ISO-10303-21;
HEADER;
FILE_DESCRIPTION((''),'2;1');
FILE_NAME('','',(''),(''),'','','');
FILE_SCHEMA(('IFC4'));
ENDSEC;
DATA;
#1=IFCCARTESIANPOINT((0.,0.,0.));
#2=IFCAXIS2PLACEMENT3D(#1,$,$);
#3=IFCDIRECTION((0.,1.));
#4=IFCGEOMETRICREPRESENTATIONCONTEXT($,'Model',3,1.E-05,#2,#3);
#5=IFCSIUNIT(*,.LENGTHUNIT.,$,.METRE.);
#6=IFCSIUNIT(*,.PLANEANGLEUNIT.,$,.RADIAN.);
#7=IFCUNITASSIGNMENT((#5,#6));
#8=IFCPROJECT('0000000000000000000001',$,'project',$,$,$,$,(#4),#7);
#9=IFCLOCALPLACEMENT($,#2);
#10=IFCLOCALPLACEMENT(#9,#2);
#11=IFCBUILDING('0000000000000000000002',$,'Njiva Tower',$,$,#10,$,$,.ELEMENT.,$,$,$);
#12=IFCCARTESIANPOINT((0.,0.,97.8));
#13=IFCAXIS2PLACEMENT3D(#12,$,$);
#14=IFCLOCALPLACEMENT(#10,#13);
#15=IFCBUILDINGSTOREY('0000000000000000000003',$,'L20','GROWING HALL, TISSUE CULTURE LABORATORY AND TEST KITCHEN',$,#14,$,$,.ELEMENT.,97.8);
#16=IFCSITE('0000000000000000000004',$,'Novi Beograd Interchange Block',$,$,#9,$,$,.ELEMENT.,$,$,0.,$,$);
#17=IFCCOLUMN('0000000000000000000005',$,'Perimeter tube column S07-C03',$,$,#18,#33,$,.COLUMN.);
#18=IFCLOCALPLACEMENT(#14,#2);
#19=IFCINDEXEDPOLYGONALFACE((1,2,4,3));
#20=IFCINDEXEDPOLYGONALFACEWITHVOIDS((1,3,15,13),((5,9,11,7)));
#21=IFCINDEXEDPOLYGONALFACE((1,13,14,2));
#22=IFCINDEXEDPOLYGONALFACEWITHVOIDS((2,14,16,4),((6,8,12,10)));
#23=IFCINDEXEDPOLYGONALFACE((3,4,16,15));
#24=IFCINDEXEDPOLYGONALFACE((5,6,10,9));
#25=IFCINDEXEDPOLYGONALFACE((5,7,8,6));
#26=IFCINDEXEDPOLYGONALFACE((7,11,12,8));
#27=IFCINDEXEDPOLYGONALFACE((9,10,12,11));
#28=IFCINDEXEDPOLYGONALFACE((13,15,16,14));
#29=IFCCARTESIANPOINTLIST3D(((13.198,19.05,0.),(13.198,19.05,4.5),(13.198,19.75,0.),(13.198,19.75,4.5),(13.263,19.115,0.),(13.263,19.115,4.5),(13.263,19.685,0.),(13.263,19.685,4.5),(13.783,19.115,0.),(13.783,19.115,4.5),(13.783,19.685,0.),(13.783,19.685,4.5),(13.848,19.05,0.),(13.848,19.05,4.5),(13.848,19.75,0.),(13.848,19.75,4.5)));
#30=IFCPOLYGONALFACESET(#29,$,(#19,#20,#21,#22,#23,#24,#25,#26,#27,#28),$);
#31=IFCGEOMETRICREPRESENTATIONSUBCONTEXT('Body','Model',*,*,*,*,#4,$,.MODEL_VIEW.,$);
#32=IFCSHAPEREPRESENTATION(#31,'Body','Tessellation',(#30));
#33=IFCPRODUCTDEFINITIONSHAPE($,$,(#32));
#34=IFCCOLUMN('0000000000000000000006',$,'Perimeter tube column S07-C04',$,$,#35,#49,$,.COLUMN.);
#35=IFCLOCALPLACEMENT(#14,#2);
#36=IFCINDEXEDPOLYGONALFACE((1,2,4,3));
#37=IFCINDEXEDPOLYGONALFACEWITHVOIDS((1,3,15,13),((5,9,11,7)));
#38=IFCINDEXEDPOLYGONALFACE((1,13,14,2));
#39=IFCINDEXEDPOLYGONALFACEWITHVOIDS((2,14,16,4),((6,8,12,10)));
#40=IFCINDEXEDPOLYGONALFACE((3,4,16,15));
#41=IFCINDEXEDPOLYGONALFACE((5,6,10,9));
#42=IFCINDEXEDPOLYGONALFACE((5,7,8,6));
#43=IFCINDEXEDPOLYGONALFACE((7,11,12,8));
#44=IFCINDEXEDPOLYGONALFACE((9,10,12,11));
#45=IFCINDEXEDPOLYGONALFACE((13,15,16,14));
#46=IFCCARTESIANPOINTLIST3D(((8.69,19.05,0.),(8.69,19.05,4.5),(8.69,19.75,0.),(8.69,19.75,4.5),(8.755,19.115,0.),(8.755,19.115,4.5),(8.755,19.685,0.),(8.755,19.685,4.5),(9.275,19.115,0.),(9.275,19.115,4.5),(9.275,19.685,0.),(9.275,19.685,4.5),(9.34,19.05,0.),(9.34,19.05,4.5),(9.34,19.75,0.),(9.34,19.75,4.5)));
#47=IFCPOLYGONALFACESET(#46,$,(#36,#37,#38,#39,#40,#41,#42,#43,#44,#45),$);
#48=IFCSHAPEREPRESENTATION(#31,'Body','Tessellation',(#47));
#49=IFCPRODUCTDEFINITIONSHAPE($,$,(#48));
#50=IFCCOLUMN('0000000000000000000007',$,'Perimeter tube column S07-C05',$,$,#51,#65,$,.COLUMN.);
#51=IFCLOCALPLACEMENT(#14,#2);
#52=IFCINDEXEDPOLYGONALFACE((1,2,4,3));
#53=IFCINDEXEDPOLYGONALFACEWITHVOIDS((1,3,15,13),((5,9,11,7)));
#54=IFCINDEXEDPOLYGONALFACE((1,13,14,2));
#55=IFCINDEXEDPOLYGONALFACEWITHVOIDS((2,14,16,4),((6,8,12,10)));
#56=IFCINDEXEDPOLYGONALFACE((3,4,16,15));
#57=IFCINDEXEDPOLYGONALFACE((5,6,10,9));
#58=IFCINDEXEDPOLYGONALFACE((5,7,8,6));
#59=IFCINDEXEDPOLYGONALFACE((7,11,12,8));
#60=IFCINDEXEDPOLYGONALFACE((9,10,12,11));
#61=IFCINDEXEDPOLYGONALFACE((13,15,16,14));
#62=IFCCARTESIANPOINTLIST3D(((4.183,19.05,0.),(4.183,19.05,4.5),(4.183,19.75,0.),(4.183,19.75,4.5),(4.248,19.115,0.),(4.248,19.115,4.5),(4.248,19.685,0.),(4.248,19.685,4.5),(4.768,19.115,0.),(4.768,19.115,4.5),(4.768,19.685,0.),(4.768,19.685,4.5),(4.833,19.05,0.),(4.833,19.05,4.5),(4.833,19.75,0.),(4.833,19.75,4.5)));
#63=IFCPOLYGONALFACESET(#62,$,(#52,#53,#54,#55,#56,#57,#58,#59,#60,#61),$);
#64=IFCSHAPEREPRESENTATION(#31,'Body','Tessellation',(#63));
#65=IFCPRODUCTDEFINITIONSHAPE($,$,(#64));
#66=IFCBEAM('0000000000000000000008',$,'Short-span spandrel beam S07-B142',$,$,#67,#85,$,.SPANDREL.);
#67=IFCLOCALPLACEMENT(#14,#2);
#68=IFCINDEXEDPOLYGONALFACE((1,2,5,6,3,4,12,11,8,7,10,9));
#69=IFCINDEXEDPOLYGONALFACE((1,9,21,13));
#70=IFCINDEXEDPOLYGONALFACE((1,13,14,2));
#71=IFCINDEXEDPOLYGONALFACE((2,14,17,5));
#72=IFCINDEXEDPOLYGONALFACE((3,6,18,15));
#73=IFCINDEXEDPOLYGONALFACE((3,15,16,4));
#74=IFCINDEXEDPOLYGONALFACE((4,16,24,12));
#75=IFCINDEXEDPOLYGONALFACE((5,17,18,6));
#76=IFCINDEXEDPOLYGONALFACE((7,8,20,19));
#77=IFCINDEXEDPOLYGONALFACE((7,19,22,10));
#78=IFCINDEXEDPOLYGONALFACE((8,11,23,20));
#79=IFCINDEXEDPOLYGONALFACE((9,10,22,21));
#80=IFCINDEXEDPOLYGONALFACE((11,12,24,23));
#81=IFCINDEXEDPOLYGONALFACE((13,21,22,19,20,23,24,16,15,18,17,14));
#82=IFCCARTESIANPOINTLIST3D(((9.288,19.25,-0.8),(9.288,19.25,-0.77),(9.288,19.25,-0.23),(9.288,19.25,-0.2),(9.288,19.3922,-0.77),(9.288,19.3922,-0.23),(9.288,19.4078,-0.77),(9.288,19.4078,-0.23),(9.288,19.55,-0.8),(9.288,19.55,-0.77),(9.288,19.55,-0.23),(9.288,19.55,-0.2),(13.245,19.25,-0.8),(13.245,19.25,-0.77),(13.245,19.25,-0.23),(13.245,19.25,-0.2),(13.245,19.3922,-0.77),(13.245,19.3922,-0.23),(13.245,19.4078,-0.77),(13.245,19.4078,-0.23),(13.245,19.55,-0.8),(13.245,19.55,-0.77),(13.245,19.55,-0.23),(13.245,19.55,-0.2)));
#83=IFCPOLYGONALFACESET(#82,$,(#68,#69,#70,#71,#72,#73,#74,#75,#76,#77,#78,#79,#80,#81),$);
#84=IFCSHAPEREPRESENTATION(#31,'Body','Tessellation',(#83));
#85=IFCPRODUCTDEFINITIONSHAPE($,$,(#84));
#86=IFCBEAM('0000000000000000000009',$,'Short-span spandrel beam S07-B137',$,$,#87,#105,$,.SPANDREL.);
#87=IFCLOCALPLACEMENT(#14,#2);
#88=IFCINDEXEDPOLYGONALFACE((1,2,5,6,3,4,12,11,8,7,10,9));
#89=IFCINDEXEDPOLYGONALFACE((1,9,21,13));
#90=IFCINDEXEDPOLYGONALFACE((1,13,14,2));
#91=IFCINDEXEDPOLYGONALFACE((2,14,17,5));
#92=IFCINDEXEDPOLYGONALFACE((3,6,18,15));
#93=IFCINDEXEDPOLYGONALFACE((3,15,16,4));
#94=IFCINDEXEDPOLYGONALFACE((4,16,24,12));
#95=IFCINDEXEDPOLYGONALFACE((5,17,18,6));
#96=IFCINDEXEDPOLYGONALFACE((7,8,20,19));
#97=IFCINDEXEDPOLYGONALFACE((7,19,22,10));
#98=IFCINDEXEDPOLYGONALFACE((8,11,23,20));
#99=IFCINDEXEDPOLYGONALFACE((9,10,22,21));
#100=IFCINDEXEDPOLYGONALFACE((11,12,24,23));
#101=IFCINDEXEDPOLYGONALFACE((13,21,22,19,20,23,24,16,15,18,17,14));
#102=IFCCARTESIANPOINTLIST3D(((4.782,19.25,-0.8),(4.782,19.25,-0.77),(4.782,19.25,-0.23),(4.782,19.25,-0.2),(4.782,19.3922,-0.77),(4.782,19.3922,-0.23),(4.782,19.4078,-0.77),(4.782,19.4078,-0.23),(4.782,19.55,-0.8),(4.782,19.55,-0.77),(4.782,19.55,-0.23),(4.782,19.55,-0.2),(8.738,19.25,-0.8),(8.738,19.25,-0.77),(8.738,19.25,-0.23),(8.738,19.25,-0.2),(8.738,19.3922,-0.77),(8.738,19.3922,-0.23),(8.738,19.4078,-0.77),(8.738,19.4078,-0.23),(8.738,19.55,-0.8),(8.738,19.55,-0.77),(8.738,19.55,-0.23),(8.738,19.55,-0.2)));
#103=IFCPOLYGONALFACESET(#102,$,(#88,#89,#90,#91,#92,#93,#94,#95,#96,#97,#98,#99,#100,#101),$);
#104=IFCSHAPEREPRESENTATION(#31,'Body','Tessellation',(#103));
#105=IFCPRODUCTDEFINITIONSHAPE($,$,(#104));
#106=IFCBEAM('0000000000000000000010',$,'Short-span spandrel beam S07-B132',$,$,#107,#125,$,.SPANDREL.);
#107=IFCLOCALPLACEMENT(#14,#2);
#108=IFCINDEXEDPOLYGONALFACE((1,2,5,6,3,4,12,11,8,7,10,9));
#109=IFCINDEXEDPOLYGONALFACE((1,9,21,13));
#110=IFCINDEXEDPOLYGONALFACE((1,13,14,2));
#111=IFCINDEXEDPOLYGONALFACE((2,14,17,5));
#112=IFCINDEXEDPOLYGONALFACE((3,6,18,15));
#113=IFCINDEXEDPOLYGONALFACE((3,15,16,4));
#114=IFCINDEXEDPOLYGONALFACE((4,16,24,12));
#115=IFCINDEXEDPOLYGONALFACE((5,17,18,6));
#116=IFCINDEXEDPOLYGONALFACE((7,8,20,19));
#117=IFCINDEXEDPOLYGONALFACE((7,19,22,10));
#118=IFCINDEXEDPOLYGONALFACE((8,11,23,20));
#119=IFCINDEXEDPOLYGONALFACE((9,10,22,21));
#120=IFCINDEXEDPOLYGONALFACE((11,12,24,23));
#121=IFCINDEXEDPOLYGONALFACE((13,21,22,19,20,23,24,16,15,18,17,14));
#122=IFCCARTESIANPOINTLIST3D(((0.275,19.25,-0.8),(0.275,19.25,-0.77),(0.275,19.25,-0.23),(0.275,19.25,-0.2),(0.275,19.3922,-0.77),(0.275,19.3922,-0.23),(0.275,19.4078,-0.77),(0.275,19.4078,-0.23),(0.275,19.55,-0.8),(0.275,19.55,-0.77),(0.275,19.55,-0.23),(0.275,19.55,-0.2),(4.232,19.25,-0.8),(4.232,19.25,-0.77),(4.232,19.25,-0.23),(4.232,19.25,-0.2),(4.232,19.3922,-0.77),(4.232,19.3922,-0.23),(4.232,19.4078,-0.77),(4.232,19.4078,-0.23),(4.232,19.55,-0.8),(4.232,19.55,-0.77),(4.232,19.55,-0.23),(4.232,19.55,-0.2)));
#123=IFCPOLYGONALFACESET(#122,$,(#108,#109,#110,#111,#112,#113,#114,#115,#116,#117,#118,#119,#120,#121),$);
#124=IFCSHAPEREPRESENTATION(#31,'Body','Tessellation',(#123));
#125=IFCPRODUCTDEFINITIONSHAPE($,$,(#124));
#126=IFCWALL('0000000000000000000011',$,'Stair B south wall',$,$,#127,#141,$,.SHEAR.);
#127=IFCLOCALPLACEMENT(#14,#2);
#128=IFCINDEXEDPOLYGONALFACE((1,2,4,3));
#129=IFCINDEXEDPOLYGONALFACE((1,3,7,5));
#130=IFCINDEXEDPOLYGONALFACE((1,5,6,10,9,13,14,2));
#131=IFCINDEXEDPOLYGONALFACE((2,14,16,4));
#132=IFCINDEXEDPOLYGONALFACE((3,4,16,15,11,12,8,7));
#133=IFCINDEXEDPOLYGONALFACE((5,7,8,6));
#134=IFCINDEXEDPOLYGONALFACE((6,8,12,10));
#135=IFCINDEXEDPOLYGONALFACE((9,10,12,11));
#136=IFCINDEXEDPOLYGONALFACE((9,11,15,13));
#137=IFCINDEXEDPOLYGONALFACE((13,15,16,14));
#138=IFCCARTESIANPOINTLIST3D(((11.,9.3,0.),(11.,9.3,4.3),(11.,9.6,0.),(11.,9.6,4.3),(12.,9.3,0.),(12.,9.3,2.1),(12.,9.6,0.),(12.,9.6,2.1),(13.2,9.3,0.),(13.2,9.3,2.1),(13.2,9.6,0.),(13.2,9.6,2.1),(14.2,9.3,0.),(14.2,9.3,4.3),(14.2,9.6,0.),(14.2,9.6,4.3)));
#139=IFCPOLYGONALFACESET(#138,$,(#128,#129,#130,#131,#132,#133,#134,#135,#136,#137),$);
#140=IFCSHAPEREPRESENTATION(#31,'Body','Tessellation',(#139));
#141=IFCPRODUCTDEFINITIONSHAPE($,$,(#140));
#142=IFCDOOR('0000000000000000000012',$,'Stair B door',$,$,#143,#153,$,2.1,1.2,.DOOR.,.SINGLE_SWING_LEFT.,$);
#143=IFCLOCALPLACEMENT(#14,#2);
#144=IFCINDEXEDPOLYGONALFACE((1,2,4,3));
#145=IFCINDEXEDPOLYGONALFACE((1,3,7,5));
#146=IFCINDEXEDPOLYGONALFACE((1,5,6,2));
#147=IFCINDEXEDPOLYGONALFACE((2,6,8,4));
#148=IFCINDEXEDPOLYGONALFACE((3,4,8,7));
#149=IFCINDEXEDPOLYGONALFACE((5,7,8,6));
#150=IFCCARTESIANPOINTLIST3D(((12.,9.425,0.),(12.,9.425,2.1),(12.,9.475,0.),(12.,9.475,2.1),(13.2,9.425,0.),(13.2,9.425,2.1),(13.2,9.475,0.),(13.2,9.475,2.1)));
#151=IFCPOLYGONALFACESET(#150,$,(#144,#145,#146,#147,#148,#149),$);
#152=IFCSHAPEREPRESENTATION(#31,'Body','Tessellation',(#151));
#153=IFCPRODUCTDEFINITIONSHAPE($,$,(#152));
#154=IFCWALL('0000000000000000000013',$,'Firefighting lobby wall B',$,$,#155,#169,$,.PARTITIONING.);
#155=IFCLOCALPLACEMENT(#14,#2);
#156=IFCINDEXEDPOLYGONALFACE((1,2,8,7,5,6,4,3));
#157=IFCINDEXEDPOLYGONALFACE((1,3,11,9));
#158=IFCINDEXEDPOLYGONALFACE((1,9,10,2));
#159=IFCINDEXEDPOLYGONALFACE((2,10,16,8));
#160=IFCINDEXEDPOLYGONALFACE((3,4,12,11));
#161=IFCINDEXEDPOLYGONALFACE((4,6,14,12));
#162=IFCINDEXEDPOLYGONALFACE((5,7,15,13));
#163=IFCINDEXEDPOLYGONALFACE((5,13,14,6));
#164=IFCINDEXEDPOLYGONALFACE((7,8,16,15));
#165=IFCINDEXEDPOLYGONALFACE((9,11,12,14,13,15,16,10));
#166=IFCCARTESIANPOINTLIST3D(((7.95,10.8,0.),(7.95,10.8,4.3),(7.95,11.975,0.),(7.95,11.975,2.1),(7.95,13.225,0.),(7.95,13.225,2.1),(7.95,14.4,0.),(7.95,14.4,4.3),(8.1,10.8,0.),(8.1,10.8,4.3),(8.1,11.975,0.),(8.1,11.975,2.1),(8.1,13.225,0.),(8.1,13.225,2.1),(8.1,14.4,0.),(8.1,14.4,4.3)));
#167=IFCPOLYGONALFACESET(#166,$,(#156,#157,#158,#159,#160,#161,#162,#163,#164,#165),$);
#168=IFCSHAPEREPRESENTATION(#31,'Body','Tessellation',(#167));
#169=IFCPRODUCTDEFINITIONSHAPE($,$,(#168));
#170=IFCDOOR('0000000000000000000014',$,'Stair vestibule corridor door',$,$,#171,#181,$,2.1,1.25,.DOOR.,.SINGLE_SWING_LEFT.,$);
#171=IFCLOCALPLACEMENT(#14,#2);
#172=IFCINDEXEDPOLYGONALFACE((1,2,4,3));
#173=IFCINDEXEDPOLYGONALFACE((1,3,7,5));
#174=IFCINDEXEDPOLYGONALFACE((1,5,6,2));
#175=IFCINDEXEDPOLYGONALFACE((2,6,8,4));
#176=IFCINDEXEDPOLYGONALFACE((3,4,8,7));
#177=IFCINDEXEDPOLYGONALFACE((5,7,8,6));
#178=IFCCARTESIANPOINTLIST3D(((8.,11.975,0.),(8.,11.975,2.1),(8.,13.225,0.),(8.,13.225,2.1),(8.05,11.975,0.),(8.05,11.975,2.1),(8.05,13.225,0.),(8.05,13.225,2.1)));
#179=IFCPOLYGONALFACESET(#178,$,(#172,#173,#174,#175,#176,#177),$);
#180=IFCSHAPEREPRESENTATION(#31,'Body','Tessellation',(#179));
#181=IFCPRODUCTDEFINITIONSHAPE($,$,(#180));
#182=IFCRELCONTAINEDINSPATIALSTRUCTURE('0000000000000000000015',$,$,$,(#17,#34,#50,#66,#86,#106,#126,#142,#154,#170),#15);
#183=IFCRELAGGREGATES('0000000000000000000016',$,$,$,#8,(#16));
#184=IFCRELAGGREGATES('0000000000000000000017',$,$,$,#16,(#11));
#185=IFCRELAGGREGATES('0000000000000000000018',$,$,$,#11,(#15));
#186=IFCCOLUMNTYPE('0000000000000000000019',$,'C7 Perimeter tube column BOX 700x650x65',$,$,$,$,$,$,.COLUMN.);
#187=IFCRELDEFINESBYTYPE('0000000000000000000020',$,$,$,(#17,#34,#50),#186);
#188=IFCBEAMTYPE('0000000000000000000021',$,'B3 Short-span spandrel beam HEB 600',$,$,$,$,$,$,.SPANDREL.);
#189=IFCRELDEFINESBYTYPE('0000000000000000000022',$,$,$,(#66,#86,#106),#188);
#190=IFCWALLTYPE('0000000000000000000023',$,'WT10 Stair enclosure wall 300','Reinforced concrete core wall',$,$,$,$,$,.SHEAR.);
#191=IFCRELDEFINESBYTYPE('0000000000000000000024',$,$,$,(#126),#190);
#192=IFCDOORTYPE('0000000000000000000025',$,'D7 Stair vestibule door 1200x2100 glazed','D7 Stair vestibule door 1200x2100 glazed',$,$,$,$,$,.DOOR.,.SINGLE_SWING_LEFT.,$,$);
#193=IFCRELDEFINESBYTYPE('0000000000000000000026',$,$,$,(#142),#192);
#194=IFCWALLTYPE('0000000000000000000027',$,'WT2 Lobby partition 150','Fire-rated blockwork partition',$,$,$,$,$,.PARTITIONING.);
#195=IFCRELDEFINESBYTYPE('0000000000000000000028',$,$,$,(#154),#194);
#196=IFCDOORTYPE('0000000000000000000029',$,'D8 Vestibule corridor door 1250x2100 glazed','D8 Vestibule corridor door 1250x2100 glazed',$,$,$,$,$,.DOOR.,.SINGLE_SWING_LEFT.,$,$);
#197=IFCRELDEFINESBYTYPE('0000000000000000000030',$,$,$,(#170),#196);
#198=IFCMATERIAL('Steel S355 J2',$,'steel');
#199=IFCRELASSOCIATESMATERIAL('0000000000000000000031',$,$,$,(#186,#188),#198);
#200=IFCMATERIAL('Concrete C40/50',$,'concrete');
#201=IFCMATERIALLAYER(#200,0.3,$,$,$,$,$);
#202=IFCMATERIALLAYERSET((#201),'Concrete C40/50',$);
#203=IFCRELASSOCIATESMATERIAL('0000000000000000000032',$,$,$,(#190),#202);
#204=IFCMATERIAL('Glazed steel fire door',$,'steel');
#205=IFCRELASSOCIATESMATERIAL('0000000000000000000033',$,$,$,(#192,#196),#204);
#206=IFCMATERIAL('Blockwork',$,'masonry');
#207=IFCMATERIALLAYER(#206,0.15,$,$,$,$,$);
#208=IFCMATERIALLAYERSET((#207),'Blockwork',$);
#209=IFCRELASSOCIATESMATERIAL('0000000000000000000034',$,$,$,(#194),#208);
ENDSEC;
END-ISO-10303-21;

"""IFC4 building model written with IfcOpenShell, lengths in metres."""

from ifc_helpers import new_model, si_unit, direction, frame, frame_2d, origin, origin_2d, place, context, subcontext, project, spatial, rectangle, hollow_rectangle, i_section, extrude, material, layer, layer_set, material_profile, profile_set, type_object, element, fill, save


model = new_model("IFC4")

# Units and contexts
model_context = context("Model", 3, precision=1e-05, world=origin(), true_north=direction((0.0, 1.0)))
body_context = subcontext(model_context, "Body", "Model", "MODEL_VIEW")
ifc_project = project(units=[si_unit("LENGTHUNIT", "METRE"), si_unit("PLANEANGLEUNIT", "RADIAN")], contexts=[model_context])

# Site, building, storey
site_placement = place(None, origin())
site = spatial("IfcSite", under=ifc_project, at=site_placement, Name="Novi Beograd Interchange Block", CompositionType="ELEMENT", RefElevation=0.0)
building_placement = place(site_placement, origin())
building = spatial("IfcBuilding", under=site, at=building_placement, Name="Njiva Tower", CompositionType="ELEMENT")
storey_placement = place(building_placement, frame((0.0, 0.0, 97.8)))
storey = spatial("IfcBuildingStorey", under=building, at=storey_placement, Name="L20", Description="GROWING HALL, TISSUE CULTURE LABORATORY AND TEST KITCHEN", CompositionType="ELEMENT", Elevation=97.8)

# Columns
ifc_material_1 = material(Name="Steel S355 J2", Category="steel")
ifc_material_profile_1 = material_profile(ifc_material_1, hollow_rectangle(XDim=0.65, YDim=0.7, WallThickness=0.065, at=origin_2d()), Name="BOX 700x650x65")
ifc_profile_set_1 = profile_set([ifc_material_profile_1], Name="Steel S355 J2")
column_type = type_object("IfcColumnType", Name="C7 Perimeter tube column BOX 700x650x65", PredefinedType="COLUMN", material=ifc_profile_set_1)
for number, where, z_axis, x_axis, name in (
    (1, (13.523, 19.4, 0.0), (0.0, 0.0, 1.0), (-1.0, 0.0, 0.0), "Perimeter tube column S07-C03"),
    (2, (9.015, 19.4, 0.0), (0.0, 0.0, 1.0), (-1.0, 0.0, 0.0), "Perimeter tube column S07-C04"),
    (3, (4.508, 19.4, 0.0), (0.0, 0.0, 1.0), (-1.0, 0.0, 0.0), "Perimeter tube column S07-C05"),
):
    element("IfcColumn", number, at=place(storey_placement, frame(where, z_axis=z_axis, x_axis=x_axis)), inside=storey, type_object=column_type, Name=name, PredefinedType="COLUMN", context=body_context, shape_type="SweptSolid", body=[
        extrude(hollow_rectangle(XDim=0.65, YDim=0.7, WallThickness=0.065, at=origin_2d()), origin(), (0.0, 0.0, 1.0), 4.5),
    ])

# Beams
ifc_material_profile_2 = material_profile(ifc_material_1, i_section(OverallWidth=0.3, OverallDepth=0.6, WebThickness=0.0155, FlangeThickness=0.03, at=origin_2d()), Name="HEB 600")
ifc_profile_set_2 = profile_set([ifc_material_profile_2], Name="Steel S355 J2")
beam_type = type_object("IfcBeamType", Name="B3 Short-span spandrel beam HEB 600", PredefinedType="SPANDREL", material=ifc_profile_set_2)
beam_1_placement = place(storey_placement, frame((13.245, 19.4, -0.5), z_axis=(-1.0, 0.0, 0.0), x_axis=(0.0, -1.0, 0.0)))
element("IfcBeam", 4, at=beam_1_placement, inside=storey, type_object=beam_type, Name="Short-span spandrel beam S07-B142", PredefinedType="SPANDREL", context=body_context, shape_type="SweptSolid", body=[
    extrude(i_section(OverallWidth=0.3, OverallDepth=0.6, WebThickness=0.0155, FlangeThickness=0.03, at=origin_2d()), origin(), (0.0, 0.0, 1.0), 3.957),
])
beam_2_placement = place(storey_placement, frame((8.738, 19.4, -0.5), z_axis=(-1.0, 0.0, 0.0), x_axis=(0.0, -1.0, 0.0)))
element("IfcBeam", 5, at=beam_2_placement, inside=storey, type_object=beam_type, Name="Short-span spandrel beam S07-B137", PredefinedType="SPANDREL", context=body_context, shape_type="SweptSolid", body=[
    extrude(i_section(OverallWidth=0.3, OverallDepth=0.6, WebThickness=0.0155, FlangeThickness=0.03, at=origin_2d()), origin(), (0.0, 0.0, 1.0), 3.956),
])
beam_3_placement = place(storey_placement, frame((4.232, 19.4, -0.5), z_axis=(-1.0, 0.0, 0.0), x_axis=(0.0, -1.0, 0.0)))
element("IfcBeam", 6, at=beam_3_placement, inside=storey, type_object=beam_type, Name="Short-span spandrel beam S07-B132", PredefinedType="SPANDREL", context=body_context, shape_type="SweptSolid", body=[
    extrude(i_section(OverallWidth=0.3, OverallDepth=0.6, WebThickness=0.0155, FlangeThickness=0.03, at=origin_2d()), origin(), (0.0, 0.0, 1.0), 3.957),
])

# Walls, openings, doors
ifc_material_2 = material(Name="Concrete C40/50", Category="concrete")
ifc_layer_1 = layer(ifc_material_2, 0.3)
ifc_layer_set_1 = layer_set([ifc_layer_1], Name="Concrete C40/50")
wall_type_1 = type_object("IfcWallType", Name="WT10 Stair enclosure wall 300", Description="Reinforced concrete core wall", PredefinedType="SHEAR", material=ifc_layer_set_1)
wall_1_placement = place(storey_placement, frame((11.0, 9.45, 0.0), z_axis=(0.0, 0.0, 1.0), x_axis=(1.0, 0.0, 0.0)))
wall_1 = element("IfcWall", 7, at=wall_1_placement, inside=storey, type_object=wall_type_1, Name="Stair B south wall", PredefinedType="SHEAR", context=body_context, shape_type="SweptSolid", body=[
    extrude(rectangle(XDim=3.2, YDim=0.3, at=frame_2d((1.6, 0.0))), origin(), (0.0, 0.0, 1.0), 4.3),
])
opening_1_placement = place(wall_1_placement, frame((1.0, 0.0, 0.0)))
opening_1 = element("IfcOpeningElement", 8, at=opening_1_placement, cuts=wall_1, PredefinedType="OPENING", context=body_context, shape_type="SweptSolid", body=[
    extrude(rectangle(XDim=1.2, YDim=2.1, at=frame_2d((0.6, 1.05))), frame((0.0, 0.16, 0.0), z_axis=(0.0, -1.0, 0.0), x_axis=(1.0, 0.0, 0.0)), (0.0, 0.0, 1.0), 0.32),
])
ifc_material_3 = material(Name="Glazed steel fire door", Category="steel")
door_type_1 = type_object("IfcDoorType", Name="D7 Stair vestibule door 1200x2100 glazed", Description="D7 Stair vestibule door 1200x2100 glazed", OperationType="SINGLE_SWING_LEFT", PredefinedType="DOOR", material=ifc_material_3)
door_1_placement = place(opening_1_placement, origin())
door_1 = element("IfcDoor", 9, at=door_1_placement, inside=storey, type_object=door_type_1, Name="Stair B door", OperationType="SINGLE_SWING_LEFT", OverallHeight=2.1, OverallWidth=1.2, PredefinedType="DOOR", context=body_context, shape_type="SweptSolid", body=[
    extrude(rectangle(XDim=1.2, YDim=2.1, at=frame_2d((0.6, 1.05))), frame((0.0, 0.025, 0.0), z_axis=(0.0, -1.0, 0.0), x_axis=(1.0, 0.0, 0.0)), (0.0, 0.0, 1.0), 0.05),
])
fill(opening_1, door_1)
ifc_material_4 = material(Name="Blockwork", Category="masonry")
ifc_layer_2 = layer(ifc_material_4, 0.15)
ifc_layer_set_2 = layer_set([ifc_layer_2], Name="Blockwork")
wall_type_2 = type_object("IfcWallType", Name="WT2 Lobby partition 150", Description="Fire-rated blockwork partition", PredefinedType="PARTITIONING", material=ifc_layer_set_2)
wall_2_placement = place(storey_placement, frame((8.025, 10.8, 0.0), z_axis=(0.0, 0.0, 1.0), x_axis=(0.0, 1.0, 0.0)))
wall_2 = element("IfcWall", 10, at=wall_2_placement, inside=storey, type_object=wall_type_2, Name="Firefighting lobby wall B", PredefinedType="PARTITIONING", context=body_context, shape_type="SweptSolid", body=[
    extrude(rectangle(XDim=3.6, YDim=0.15, at=frame_2d((1.8, 0.0))), origin(), (0.0, 0.0, 1.0), 4.3),
])
opening_2_placement = place(wall_2_placement, frame((1.175, 0.0, 0.0)))
opening_2 = element("IfcOpeningElement", 11, at=opening_2_placement, cuts=wall_2, PredefinedType="OPENING", context=body_context, shape_type="SweptSolid", body=[
    extrude(rectangle(XDim=1.25, YDim=2.1, at=frame_2d((0.625, 1.05))), frame((0.0, 0.085, 0.0), z_axis=(0.0, -1.0, 0.0), x_axis=(1.0, 0.0, 0.0)), (0.0, 0.0, 1.0), 0.17),
])
door_type_2 = type_object("IfcDoorType", Name="D8 Vestibule corridor door 1250x2100 glazed", Description="D8 Vestibule corridor door 1250x2100 glazed", OperationType="SINGLE_SWING_LEFT", PredefinedType="DOOR", material=ifc_material_3)
door_2_placement = place(opening_2_placement, origin())
door_2 = element("IfcDoor", 12, at=door_2_placement, inside=storey, type_object=door_type_2, Name="Stair vestibule corridor door", OperationType="SINGLE_SWING_LEFT", OverallHeight=2.1, OverallWidth=1.25, PredefinedType="DOOR", context=body_context, shape_type="SweptSolid", body=[
    extrude(rectangle(XDim=1.25, YDim=2.1, at=frame_2d((0.625, 1.05))), frame((0.0, 0.025, 0.0), z_axis=(0.0, -1.0, 0.0), x_axis=(1.0, 0.0, 0.0)), (0.0, 0.0, 1.0), 0.05),
])
fill(opening_2, door_2)

save(model, "model.ifc")
